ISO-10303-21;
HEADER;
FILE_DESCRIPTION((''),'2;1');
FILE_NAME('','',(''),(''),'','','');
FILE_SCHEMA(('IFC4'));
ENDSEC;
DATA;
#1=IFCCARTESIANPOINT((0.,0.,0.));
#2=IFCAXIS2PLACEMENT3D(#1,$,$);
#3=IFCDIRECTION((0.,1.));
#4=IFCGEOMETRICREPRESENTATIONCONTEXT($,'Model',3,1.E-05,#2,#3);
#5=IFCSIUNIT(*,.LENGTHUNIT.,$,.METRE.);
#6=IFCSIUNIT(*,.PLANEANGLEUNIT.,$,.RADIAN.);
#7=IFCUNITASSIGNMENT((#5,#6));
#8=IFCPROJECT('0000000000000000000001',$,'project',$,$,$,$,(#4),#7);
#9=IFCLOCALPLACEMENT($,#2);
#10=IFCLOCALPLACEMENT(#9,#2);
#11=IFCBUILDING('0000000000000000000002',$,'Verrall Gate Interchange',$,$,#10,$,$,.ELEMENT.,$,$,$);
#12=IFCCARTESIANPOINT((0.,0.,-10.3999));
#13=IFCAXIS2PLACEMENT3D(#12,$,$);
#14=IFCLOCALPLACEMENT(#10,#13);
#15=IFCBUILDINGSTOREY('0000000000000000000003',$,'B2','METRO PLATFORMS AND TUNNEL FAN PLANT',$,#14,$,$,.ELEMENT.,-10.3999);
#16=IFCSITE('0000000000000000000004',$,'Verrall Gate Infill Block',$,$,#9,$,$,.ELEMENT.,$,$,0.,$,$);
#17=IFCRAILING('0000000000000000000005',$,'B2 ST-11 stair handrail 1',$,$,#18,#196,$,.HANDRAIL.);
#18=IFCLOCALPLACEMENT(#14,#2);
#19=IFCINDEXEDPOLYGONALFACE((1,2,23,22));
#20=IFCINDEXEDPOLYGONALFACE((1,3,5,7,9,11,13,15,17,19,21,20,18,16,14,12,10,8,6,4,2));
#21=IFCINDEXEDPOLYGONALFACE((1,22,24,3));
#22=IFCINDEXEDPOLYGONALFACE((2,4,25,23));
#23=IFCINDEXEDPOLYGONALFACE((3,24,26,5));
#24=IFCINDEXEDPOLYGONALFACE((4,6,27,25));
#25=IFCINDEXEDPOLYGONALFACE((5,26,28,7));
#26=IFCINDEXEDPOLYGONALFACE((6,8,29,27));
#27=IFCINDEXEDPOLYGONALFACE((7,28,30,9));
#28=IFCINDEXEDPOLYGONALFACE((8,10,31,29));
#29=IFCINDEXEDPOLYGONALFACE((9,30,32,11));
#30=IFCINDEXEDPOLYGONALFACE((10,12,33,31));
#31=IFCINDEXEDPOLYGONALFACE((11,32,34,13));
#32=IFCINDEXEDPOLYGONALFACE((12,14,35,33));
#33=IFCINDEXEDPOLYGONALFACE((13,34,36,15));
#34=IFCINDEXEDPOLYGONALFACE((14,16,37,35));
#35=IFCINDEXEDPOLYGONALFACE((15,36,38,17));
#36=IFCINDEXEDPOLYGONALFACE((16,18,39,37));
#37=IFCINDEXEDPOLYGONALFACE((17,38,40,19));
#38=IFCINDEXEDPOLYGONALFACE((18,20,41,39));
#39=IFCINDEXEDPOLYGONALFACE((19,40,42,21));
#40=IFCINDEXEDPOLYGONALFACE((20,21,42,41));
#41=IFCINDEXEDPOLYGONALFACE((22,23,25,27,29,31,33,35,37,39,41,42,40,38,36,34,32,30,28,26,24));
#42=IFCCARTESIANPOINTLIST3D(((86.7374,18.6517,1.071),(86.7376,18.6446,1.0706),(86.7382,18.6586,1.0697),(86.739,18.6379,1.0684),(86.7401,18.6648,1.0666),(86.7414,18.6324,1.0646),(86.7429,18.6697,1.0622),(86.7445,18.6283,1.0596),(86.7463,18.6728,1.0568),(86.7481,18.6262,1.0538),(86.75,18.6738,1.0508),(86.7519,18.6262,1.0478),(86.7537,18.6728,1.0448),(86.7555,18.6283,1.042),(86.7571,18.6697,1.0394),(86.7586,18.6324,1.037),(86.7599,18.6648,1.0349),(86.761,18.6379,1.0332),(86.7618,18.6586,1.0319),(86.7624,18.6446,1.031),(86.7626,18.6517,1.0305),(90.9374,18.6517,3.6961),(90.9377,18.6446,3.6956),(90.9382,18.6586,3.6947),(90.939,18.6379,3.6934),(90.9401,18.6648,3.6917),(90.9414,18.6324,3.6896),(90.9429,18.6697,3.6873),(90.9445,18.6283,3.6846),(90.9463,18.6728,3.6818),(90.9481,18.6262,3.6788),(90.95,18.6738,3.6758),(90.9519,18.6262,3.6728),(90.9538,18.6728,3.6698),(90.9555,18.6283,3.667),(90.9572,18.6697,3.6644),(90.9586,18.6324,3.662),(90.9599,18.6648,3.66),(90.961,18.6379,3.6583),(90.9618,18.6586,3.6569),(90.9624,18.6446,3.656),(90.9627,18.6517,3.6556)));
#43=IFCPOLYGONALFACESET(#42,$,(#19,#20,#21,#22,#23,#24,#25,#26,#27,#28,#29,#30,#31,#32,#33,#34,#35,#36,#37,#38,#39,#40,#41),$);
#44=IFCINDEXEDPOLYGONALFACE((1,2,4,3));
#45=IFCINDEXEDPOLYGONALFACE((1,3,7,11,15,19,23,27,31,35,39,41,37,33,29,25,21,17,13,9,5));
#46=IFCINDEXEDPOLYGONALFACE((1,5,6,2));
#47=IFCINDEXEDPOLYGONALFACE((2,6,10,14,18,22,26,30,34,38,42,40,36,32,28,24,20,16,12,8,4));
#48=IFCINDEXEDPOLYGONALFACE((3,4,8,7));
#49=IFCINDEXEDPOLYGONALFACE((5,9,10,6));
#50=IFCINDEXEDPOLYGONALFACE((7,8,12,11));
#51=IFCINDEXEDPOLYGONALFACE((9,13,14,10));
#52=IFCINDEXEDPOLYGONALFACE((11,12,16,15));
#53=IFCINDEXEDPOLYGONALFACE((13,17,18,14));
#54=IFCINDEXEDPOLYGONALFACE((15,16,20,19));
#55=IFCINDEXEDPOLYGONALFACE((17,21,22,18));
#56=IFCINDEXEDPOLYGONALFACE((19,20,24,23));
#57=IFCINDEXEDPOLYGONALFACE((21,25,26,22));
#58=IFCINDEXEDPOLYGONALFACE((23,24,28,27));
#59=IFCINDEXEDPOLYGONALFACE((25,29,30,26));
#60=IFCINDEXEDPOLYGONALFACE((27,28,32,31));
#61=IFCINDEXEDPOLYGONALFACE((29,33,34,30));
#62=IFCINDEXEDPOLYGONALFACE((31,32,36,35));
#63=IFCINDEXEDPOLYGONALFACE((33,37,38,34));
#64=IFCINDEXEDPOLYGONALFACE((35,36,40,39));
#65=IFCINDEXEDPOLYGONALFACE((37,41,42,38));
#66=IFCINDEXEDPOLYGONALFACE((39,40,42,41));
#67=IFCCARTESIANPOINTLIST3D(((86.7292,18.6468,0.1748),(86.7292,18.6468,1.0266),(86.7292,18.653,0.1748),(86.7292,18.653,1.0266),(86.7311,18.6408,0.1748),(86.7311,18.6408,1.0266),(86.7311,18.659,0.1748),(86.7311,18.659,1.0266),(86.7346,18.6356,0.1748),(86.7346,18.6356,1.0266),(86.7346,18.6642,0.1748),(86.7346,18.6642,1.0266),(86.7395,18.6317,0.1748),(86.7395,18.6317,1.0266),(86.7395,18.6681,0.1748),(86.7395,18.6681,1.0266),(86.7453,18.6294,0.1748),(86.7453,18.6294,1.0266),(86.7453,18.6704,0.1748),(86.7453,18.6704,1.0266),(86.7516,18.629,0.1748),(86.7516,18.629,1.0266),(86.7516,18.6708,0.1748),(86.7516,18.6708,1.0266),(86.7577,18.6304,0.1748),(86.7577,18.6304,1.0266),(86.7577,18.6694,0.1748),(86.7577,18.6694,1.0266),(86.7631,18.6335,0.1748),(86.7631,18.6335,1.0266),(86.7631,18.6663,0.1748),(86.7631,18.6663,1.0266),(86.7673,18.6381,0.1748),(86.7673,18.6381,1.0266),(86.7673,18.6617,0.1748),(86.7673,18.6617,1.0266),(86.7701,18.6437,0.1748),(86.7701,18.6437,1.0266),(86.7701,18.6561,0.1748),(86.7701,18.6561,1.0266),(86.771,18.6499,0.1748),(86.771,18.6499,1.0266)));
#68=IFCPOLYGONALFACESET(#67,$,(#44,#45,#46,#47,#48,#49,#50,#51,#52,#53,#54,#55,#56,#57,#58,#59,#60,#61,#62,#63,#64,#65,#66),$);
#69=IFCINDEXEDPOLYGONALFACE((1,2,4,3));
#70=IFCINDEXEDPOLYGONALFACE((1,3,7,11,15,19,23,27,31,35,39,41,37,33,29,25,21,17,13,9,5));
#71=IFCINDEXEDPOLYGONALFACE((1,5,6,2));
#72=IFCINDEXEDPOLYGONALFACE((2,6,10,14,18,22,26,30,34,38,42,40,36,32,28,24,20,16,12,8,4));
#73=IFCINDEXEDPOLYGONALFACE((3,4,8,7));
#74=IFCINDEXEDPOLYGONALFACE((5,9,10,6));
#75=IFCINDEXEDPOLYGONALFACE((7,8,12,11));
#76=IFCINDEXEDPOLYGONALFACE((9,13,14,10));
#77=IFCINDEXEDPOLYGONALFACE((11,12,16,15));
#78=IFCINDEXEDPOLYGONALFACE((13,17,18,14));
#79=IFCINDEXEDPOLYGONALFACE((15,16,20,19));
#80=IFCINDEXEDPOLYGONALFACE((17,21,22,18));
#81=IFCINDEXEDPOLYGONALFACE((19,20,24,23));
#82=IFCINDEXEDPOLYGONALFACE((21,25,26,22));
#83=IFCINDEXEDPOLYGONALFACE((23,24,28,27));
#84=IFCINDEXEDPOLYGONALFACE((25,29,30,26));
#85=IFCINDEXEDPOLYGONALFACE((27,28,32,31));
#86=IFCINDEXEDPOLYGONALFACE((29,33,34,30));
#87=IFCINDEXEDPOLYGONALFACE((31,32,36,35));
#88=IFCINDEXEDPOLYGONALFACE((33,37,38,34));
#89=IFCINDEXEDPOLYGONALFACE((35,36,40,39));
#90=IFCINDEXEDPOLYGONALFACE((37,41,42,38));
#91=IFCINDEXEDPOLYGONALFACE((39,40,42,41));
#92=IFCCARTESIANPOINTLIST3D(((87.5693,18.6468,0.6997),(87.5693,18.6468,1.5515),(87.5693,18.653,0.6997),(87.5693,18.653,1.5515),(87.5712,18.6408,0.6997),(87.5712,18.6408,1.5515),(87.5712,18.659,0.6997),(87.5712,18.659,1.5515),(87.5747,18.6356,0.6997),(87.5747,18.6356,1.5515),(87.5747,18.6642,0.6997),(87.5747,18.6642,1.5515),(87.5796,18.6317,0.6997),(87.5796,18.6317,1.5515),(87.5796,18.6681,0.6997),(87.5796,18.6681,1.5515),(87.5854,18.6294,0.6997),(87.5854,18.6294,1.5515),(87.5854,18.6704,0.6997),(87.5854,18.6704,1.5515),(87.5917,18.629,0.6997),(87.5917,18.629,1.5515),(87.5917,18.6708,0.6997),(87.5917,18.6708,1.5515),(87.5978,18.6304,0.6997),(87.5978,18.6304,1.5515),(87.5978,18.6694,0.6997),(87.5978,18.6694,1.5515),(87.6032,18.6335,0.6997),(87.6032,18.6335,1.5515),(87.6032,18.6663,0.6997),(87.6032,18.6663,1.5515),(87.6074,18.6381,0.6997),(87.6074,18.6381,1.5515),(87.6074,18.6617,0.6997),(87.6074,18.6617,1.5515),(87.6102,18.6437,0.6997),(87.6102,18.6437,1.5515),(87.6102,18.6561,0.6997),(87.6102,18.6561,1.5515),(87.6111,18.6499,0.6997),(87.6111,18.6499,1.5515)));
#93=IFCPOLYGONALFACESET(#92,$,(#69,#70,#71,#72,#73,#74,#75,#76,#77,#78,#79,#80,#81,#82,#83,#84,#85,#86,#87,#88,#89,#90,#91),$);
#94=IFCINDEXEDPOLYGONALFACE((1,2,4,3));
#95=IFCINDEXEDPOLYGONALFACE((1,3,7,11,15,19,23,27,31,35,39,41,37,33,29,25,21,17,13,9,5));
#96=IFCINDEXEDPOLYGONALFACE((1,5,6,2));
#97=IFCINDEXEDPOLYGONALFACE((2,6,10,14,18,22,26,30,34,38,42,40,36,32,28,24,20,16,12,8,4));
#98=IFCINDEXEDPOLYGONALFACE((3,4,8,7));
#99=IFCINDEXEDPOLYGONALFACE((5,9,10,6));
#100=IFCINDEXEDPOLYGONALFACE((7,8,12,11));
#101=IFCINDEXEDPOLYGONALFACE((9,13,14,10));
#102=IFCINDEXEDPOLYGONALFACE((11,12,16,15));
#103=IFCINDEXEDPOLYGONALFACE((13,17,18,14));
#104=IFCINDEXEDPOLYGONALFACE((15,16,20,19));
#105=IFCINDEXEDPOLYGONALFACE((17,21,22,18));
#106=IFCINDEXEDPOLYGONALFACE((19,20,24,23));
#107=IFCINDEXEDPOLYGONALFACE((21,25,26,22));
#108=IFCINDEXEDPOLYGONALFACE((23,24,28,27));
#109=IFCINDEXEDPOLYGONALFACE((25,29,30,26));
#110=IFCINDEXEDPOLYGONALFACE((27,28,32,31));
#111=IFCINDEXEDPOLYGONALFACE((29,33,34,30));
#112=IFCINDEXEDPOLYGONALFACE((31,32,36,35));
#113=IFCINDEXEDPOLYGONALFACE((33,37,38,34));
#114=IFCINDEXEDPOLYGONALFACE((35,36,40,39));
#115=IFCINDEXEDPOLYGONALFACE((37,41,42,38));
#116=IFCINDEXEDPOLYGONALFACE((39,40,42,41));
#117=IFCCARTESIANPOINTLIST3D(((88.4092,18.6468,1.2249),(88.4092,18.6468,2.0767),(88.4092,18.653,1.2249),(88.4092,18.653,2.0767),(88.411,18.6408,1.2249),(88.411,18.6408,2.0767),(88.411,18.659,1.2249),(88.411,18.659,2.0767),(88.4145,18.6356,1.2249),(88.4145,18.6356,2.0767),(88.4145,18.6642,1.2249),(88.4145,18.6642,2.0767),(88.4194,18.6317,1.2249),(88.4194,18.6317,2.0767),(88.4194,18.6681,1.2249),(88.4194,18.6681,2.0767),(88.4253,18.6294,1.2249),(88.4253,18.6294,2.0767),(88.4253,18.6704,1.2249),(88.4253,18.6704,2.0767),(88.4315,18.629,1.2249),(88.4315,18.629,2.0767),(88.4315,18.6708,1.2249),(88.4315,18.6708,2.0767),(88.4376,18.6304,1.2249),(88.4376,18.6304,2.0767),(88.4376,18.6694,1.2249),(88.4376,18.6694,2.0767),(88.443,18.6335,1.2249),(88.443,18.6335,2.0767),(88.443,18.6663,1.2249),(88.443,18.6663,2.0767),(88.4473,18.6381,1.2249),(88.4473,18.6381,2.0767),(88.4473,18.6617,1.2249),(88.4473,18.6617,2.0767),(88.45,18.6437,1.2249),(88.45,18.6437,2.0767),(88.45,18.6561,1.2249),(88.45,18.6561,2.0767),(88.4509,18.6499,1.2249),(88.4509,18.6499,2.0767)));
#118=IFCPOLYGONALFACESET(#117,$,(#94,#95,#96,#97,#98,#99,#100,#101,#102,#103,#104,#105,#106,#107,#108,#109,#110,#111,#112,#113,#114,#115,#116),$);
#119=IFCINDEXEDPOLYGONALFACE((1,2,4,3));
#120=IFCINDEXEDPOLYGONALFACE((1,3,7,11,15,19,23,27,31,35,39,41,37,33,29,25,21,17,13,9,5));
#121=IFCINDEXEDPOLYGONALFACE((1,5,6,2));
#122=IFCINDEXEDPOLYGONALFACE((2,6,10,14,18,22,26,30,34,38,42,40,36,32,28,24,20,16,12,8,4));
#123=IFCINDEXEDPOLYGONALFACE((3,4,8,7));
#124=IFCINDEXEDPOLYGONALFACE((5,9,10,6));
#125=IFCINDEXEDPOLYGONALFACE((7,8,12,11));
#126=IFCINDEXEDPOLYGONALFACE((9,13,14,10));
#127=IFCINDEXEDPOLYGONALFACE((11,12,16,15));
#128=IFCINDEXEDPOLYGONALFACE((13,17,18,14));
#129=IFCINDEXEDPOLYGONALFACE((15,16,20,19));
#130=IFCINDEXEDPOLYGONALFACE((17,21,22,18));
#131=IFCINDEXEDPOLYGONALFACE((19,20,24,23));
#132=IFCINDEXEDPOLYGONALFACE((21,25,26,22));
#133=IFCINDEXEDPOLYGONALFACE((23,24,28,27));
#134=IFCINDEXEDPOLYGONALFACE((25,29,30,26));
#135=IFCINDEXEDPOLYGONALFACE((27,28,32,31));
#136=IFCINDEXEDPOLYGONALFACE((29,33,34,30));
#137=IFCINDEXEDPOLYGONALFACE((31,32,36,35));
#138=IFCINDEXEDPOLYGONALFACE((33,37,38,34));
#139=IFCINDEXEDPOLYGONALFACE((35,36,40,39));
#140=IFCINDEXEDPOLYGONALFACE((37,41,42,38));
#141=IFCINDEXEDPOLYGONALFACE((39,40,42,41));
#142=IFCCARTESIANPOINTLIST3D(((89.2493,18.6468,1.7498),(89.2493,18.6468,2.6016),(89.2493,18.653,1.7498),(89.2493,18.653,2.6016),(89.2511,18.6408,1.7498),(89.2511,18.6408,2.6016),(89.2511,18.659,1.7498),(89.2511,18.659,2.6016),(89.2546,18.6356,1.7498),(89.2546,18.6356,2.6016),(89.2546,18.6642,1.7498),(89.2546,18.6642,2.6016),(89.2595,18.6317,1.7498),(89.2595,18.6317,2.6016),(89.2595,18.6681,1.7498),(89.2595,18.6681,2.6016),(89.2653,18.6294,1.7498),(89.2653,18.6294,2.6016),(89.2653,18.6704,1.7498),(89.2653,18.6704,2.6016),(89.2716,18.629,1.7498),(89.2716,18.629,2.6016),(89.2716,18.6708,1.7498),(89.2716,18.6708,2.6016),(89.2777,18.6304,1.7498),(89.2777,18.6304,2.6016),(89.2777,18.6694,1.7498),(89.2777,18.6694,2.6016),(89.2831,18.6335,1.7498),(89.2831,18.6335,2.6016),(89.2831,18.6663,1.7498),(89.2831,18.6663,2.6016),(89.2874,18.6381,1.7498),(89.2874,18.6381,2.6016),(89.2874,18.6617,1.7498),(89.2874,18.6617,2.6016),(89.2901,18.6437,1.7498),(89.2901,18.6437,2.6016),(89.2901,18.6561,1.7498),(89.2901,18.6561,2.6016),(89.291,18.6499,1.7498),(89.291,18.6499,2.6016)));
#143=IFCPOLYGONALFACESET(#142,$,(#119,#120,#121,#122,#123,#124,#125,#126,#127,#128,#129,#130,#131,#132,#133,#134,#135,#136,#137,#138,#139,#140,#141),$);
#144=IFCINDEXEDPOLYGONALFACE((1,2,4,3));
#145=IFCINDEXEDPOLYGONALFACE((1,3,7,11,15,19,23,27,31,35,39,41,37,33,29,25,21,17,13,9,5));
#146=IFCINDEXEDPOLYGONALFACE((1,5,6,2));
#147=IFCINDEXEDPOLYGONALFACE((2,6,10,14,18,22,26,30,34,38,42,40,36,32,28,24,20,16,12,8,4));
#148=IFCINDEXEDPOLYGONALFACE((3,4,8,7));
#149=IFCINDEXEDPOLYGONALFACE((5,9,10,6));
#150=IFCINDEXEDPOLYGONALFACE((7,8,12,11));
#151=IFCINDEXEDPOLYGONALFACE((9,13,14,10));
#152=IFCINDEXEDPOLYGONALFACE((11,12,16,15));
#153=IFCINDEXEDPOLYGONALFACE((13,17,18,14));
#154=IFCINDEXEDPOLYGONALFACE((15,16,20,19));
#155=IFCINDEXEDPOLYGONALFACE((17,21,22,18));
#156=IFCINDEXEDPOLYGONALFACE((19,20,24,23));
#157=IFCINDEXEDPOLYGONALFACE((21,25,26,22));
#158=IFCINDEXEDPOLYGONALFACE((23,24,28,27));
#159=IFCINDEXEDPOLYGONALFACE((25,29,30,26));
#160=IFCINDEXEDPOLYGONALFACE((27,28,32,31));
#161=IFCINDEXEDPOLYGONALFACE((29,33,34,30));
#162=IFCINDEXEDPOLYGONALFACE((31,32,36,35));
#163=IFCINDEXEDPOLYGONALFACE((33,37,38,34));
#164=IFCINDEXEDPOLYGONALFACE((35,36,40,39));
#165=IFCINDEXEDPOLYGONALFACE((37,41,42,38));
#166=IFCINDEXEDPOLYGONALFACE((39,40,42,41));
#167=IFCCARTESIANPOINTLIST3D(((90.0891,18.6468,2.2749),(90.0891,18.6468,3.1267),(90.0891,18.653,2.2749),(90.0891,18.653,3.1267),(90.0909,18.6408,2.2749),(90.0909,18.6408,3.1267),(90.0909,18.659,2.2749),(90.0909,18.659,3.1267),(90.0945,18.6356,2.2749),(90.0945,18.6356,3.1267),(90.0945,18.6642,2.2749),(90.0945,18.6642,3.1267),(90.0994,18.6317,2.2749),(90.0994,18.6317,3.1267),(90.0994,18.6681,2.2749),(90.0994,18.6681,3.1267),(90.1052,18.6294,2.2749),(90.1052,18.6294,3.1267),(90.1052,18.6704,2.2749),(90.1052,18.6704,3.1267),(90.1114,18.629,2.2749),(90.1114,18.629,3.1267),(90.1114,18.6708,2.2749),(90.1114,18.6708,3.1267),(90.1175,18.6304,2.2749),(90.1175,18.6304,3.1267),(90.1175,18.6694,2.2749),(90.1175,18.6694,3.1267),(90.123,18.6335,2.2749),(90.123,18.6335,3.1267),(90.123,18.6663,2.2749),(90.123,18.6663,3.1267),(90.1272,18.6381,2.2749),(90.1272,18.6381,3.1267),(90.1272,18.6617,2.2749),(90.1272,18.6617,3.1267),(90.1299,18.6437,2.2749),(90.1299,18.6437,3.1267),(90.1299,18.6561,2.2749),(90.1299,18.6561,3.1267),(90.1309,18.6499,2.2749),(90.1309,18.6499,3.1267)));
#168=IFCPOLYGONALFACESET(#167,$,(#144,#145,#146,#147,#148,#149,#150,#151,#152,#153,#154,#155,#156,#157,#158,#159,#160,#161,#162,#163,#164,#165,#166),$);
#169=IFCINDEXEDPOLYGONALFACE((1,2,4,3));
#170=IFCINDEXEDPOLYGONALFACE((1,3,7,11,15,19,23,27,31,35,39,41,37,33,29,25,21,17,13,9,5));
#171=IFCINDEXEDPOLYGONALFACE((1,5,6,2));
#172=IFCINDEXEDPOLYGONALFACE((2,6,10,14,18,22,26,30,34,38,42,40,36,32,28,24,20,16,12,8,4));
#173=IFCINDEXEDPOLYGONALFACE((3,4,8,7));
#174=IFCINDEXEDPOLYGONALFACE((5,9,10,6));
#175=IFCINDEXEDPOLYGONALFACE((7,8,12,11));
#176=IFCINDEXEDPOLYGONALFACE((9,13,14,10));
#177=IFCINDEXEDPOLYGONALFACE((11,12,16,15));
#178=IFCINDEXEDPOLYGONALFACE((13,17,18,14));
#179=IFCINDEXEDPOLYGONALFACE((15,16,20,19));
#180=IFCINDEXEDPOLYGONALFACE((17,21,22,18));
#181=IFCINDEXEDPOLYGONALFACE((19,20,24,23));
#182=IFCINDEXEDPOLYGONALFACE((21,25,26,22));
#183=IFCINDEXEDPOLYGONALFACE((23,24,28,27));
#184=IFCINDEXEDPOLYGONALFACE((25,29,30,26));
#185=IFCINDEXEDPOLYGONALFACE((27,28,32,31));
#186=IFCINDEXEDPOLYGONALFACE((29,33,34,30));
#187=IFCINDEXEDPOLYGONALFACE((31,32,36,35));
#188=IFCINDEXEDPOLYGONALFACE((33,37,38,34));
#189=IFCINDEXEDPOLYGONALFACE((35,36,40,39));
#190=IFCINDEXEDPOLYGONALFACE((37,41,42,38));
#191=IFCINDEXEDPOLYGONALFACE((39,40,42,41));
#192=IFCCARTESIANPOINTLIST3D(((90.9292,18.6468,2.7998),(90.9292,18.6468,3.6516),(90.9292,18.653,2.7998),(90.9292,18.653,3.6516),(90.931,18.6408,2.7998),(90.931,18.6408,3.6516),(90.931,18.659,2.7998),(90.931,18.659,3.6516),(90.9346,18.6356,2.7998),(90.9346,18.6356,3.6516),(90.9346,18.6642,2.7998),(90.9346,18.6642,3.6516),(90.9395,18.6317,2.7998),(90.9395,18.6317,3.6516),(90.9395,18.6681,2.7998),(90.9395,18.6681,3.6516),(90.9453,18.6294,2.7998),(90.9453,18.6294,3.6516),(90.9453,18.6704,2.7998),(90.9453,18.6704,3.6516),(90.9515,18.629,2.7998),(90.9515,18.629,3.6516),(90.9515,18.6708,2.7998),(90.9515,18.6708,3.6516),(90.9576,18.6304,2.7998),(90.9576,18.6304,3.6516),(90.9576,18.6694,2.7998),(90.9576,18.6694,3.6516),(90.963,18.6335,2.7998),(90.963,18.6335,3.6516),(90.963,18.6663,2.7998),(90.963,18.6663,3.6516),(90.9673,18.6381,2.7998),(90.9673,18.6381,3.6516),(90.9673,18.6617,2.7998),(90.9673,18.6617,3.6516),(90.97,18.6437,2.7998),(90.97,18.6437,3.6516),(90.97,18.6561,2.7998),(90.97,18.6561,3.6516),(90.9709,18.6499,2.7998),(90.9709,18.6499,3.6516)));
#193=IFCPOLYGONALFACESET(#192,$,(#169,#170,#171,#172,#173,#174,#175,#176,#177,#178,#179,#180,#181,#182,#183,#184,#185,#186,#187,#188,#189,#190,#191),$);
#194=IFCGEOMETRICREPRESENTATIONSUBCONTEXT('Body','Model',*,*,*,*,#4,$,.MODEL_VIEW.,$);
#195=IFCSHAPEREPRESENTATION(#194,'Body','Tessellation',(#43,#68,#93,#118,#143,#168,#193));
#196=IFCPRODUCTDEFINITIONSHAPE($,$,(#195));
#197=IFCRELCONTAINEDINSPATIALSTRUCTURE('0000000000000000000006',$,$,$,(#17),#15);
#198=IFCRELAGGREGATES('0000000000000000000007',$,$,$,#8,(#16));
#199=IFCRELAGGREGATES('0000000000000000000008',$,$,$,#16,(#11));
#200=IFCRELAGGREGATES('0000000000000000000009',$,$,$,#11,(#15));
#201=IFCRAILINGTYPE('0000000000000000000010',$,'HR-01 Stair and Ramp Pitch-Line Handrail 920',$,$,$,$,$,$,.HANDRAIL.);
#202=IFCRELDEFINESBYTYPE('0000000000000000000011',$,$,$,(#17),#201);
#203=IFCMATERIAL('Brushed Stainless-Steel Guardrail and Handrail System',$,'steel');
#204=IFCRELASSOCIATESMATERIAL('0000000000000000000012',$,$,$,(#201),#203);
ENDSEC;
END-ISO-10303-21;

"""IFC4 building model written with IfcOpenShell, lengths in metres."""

from ifc_helpers import new_model, si_unit, direction, frame, origin, origin_2d, place, context, subcontext, project, spatial, circle, extrude, material, type_object, element, save


model = new_model("IFC4")

# Units and contexts
model_context = context("Model", 3, precision=1e-05, world=origin(), true_north=direction((0.0, 1.0)))
body_context = subcontext(model_context, "Body", "Model", "MODEL_VIEW")
ifc_project = project(units=[si_unit("LENGTHUNIT", "METRE"), si_unit("PLANEANGLEUNIT", "RADIAN")], contexts=[model_context])

# Site, building, storey
site_placement = place(None, origin())
site = spatial("IfcSite", under=ifc_project, at=site_placement, Name="Verrall Gate Infill Block", CompositionType="ELEMENT", RefElevation=0.0)
building_placement = place(site_placement, origin())
building = spatial("IfcBuilding", under=site, at=building_placement, Name="Verrall Gate Interchange", CompositionType="ELEMENT")
storey_placement = place(building_placement, frame((0.0, 0.0, -10.3999)))
storey = spatial("IfcBuildingStorey", under=building, at=storey_placement, Name="B2", Description="METRO PLATFORMS AND TUNNEL FAN PLANT", CompositionType="ELEMENT", Elevation=-10.3999)

# Railing
ifc_material_1 = material(Name="Brushed Stainless-Steel Guardrail and Handrail System", Category="steel")
railing_type_1 = type_object("IfcRailingType", Name="HR-01 Stair and Ramp Pitch-Line Handrail 920", PredefinedType="HANDRAIL", material=ifc_material_1)
railing_1_placement = place(storey_placement, frame((86.75, 18.6499, 0.1748)))
element("IfcRailing", 1, at=railing_1_placement, inside=storey, type_object=railing_type_1, Name="B2 ST-11 stair handrail 1", PredefinedType="HANDRAIL", context=body_context, shape_type="SweptSolid", body=[
    extrude(circle(Radius=0.0239, at=origin_2d()), frame((0.0, 0.0, 0.876), z_axis=(0.847996, 0.0, 0.530003), x_axis=(0.0, 1.0, 0.0)), (0.0, 0.0, 1.0), 4.9529),
    extrude(circle(Radius=0.021, at=origin_2d()), origin(), (0.0, 0.0, 1.0), 0.8518),
    extrude(circle(Radius=0.021, at=origin_2d()), frame((0.8401, 0.0, 0.5249)), (0.0, 0.0, 1.0), 0.8518),
    extrude(circle(Radius=0.021, at=origin_2d()), frame((1.6799, 0.0, 1.05)), (0.0, 0.0, 1.0), 0.8518),
    extrude(circle(Radius=0.021, at=origin_2d()), frame((2.52, 0.0, 1.575)), (0.0, 0.0, 1.0), 0.8518),
    extrude(circle(Radius=0.021, at=origin_2d()), frame((3.3599, 0.0, 2.1001)), (0.0, 0.0, 1.0), 0.8518),
    extrude(circle(Radius=0.021, at=origin_2d()), frame((4.2, 0.0, 2.625)), (0.0, 0.0, 1.0), 0.8518),
])

save(model, "model.ifc")
